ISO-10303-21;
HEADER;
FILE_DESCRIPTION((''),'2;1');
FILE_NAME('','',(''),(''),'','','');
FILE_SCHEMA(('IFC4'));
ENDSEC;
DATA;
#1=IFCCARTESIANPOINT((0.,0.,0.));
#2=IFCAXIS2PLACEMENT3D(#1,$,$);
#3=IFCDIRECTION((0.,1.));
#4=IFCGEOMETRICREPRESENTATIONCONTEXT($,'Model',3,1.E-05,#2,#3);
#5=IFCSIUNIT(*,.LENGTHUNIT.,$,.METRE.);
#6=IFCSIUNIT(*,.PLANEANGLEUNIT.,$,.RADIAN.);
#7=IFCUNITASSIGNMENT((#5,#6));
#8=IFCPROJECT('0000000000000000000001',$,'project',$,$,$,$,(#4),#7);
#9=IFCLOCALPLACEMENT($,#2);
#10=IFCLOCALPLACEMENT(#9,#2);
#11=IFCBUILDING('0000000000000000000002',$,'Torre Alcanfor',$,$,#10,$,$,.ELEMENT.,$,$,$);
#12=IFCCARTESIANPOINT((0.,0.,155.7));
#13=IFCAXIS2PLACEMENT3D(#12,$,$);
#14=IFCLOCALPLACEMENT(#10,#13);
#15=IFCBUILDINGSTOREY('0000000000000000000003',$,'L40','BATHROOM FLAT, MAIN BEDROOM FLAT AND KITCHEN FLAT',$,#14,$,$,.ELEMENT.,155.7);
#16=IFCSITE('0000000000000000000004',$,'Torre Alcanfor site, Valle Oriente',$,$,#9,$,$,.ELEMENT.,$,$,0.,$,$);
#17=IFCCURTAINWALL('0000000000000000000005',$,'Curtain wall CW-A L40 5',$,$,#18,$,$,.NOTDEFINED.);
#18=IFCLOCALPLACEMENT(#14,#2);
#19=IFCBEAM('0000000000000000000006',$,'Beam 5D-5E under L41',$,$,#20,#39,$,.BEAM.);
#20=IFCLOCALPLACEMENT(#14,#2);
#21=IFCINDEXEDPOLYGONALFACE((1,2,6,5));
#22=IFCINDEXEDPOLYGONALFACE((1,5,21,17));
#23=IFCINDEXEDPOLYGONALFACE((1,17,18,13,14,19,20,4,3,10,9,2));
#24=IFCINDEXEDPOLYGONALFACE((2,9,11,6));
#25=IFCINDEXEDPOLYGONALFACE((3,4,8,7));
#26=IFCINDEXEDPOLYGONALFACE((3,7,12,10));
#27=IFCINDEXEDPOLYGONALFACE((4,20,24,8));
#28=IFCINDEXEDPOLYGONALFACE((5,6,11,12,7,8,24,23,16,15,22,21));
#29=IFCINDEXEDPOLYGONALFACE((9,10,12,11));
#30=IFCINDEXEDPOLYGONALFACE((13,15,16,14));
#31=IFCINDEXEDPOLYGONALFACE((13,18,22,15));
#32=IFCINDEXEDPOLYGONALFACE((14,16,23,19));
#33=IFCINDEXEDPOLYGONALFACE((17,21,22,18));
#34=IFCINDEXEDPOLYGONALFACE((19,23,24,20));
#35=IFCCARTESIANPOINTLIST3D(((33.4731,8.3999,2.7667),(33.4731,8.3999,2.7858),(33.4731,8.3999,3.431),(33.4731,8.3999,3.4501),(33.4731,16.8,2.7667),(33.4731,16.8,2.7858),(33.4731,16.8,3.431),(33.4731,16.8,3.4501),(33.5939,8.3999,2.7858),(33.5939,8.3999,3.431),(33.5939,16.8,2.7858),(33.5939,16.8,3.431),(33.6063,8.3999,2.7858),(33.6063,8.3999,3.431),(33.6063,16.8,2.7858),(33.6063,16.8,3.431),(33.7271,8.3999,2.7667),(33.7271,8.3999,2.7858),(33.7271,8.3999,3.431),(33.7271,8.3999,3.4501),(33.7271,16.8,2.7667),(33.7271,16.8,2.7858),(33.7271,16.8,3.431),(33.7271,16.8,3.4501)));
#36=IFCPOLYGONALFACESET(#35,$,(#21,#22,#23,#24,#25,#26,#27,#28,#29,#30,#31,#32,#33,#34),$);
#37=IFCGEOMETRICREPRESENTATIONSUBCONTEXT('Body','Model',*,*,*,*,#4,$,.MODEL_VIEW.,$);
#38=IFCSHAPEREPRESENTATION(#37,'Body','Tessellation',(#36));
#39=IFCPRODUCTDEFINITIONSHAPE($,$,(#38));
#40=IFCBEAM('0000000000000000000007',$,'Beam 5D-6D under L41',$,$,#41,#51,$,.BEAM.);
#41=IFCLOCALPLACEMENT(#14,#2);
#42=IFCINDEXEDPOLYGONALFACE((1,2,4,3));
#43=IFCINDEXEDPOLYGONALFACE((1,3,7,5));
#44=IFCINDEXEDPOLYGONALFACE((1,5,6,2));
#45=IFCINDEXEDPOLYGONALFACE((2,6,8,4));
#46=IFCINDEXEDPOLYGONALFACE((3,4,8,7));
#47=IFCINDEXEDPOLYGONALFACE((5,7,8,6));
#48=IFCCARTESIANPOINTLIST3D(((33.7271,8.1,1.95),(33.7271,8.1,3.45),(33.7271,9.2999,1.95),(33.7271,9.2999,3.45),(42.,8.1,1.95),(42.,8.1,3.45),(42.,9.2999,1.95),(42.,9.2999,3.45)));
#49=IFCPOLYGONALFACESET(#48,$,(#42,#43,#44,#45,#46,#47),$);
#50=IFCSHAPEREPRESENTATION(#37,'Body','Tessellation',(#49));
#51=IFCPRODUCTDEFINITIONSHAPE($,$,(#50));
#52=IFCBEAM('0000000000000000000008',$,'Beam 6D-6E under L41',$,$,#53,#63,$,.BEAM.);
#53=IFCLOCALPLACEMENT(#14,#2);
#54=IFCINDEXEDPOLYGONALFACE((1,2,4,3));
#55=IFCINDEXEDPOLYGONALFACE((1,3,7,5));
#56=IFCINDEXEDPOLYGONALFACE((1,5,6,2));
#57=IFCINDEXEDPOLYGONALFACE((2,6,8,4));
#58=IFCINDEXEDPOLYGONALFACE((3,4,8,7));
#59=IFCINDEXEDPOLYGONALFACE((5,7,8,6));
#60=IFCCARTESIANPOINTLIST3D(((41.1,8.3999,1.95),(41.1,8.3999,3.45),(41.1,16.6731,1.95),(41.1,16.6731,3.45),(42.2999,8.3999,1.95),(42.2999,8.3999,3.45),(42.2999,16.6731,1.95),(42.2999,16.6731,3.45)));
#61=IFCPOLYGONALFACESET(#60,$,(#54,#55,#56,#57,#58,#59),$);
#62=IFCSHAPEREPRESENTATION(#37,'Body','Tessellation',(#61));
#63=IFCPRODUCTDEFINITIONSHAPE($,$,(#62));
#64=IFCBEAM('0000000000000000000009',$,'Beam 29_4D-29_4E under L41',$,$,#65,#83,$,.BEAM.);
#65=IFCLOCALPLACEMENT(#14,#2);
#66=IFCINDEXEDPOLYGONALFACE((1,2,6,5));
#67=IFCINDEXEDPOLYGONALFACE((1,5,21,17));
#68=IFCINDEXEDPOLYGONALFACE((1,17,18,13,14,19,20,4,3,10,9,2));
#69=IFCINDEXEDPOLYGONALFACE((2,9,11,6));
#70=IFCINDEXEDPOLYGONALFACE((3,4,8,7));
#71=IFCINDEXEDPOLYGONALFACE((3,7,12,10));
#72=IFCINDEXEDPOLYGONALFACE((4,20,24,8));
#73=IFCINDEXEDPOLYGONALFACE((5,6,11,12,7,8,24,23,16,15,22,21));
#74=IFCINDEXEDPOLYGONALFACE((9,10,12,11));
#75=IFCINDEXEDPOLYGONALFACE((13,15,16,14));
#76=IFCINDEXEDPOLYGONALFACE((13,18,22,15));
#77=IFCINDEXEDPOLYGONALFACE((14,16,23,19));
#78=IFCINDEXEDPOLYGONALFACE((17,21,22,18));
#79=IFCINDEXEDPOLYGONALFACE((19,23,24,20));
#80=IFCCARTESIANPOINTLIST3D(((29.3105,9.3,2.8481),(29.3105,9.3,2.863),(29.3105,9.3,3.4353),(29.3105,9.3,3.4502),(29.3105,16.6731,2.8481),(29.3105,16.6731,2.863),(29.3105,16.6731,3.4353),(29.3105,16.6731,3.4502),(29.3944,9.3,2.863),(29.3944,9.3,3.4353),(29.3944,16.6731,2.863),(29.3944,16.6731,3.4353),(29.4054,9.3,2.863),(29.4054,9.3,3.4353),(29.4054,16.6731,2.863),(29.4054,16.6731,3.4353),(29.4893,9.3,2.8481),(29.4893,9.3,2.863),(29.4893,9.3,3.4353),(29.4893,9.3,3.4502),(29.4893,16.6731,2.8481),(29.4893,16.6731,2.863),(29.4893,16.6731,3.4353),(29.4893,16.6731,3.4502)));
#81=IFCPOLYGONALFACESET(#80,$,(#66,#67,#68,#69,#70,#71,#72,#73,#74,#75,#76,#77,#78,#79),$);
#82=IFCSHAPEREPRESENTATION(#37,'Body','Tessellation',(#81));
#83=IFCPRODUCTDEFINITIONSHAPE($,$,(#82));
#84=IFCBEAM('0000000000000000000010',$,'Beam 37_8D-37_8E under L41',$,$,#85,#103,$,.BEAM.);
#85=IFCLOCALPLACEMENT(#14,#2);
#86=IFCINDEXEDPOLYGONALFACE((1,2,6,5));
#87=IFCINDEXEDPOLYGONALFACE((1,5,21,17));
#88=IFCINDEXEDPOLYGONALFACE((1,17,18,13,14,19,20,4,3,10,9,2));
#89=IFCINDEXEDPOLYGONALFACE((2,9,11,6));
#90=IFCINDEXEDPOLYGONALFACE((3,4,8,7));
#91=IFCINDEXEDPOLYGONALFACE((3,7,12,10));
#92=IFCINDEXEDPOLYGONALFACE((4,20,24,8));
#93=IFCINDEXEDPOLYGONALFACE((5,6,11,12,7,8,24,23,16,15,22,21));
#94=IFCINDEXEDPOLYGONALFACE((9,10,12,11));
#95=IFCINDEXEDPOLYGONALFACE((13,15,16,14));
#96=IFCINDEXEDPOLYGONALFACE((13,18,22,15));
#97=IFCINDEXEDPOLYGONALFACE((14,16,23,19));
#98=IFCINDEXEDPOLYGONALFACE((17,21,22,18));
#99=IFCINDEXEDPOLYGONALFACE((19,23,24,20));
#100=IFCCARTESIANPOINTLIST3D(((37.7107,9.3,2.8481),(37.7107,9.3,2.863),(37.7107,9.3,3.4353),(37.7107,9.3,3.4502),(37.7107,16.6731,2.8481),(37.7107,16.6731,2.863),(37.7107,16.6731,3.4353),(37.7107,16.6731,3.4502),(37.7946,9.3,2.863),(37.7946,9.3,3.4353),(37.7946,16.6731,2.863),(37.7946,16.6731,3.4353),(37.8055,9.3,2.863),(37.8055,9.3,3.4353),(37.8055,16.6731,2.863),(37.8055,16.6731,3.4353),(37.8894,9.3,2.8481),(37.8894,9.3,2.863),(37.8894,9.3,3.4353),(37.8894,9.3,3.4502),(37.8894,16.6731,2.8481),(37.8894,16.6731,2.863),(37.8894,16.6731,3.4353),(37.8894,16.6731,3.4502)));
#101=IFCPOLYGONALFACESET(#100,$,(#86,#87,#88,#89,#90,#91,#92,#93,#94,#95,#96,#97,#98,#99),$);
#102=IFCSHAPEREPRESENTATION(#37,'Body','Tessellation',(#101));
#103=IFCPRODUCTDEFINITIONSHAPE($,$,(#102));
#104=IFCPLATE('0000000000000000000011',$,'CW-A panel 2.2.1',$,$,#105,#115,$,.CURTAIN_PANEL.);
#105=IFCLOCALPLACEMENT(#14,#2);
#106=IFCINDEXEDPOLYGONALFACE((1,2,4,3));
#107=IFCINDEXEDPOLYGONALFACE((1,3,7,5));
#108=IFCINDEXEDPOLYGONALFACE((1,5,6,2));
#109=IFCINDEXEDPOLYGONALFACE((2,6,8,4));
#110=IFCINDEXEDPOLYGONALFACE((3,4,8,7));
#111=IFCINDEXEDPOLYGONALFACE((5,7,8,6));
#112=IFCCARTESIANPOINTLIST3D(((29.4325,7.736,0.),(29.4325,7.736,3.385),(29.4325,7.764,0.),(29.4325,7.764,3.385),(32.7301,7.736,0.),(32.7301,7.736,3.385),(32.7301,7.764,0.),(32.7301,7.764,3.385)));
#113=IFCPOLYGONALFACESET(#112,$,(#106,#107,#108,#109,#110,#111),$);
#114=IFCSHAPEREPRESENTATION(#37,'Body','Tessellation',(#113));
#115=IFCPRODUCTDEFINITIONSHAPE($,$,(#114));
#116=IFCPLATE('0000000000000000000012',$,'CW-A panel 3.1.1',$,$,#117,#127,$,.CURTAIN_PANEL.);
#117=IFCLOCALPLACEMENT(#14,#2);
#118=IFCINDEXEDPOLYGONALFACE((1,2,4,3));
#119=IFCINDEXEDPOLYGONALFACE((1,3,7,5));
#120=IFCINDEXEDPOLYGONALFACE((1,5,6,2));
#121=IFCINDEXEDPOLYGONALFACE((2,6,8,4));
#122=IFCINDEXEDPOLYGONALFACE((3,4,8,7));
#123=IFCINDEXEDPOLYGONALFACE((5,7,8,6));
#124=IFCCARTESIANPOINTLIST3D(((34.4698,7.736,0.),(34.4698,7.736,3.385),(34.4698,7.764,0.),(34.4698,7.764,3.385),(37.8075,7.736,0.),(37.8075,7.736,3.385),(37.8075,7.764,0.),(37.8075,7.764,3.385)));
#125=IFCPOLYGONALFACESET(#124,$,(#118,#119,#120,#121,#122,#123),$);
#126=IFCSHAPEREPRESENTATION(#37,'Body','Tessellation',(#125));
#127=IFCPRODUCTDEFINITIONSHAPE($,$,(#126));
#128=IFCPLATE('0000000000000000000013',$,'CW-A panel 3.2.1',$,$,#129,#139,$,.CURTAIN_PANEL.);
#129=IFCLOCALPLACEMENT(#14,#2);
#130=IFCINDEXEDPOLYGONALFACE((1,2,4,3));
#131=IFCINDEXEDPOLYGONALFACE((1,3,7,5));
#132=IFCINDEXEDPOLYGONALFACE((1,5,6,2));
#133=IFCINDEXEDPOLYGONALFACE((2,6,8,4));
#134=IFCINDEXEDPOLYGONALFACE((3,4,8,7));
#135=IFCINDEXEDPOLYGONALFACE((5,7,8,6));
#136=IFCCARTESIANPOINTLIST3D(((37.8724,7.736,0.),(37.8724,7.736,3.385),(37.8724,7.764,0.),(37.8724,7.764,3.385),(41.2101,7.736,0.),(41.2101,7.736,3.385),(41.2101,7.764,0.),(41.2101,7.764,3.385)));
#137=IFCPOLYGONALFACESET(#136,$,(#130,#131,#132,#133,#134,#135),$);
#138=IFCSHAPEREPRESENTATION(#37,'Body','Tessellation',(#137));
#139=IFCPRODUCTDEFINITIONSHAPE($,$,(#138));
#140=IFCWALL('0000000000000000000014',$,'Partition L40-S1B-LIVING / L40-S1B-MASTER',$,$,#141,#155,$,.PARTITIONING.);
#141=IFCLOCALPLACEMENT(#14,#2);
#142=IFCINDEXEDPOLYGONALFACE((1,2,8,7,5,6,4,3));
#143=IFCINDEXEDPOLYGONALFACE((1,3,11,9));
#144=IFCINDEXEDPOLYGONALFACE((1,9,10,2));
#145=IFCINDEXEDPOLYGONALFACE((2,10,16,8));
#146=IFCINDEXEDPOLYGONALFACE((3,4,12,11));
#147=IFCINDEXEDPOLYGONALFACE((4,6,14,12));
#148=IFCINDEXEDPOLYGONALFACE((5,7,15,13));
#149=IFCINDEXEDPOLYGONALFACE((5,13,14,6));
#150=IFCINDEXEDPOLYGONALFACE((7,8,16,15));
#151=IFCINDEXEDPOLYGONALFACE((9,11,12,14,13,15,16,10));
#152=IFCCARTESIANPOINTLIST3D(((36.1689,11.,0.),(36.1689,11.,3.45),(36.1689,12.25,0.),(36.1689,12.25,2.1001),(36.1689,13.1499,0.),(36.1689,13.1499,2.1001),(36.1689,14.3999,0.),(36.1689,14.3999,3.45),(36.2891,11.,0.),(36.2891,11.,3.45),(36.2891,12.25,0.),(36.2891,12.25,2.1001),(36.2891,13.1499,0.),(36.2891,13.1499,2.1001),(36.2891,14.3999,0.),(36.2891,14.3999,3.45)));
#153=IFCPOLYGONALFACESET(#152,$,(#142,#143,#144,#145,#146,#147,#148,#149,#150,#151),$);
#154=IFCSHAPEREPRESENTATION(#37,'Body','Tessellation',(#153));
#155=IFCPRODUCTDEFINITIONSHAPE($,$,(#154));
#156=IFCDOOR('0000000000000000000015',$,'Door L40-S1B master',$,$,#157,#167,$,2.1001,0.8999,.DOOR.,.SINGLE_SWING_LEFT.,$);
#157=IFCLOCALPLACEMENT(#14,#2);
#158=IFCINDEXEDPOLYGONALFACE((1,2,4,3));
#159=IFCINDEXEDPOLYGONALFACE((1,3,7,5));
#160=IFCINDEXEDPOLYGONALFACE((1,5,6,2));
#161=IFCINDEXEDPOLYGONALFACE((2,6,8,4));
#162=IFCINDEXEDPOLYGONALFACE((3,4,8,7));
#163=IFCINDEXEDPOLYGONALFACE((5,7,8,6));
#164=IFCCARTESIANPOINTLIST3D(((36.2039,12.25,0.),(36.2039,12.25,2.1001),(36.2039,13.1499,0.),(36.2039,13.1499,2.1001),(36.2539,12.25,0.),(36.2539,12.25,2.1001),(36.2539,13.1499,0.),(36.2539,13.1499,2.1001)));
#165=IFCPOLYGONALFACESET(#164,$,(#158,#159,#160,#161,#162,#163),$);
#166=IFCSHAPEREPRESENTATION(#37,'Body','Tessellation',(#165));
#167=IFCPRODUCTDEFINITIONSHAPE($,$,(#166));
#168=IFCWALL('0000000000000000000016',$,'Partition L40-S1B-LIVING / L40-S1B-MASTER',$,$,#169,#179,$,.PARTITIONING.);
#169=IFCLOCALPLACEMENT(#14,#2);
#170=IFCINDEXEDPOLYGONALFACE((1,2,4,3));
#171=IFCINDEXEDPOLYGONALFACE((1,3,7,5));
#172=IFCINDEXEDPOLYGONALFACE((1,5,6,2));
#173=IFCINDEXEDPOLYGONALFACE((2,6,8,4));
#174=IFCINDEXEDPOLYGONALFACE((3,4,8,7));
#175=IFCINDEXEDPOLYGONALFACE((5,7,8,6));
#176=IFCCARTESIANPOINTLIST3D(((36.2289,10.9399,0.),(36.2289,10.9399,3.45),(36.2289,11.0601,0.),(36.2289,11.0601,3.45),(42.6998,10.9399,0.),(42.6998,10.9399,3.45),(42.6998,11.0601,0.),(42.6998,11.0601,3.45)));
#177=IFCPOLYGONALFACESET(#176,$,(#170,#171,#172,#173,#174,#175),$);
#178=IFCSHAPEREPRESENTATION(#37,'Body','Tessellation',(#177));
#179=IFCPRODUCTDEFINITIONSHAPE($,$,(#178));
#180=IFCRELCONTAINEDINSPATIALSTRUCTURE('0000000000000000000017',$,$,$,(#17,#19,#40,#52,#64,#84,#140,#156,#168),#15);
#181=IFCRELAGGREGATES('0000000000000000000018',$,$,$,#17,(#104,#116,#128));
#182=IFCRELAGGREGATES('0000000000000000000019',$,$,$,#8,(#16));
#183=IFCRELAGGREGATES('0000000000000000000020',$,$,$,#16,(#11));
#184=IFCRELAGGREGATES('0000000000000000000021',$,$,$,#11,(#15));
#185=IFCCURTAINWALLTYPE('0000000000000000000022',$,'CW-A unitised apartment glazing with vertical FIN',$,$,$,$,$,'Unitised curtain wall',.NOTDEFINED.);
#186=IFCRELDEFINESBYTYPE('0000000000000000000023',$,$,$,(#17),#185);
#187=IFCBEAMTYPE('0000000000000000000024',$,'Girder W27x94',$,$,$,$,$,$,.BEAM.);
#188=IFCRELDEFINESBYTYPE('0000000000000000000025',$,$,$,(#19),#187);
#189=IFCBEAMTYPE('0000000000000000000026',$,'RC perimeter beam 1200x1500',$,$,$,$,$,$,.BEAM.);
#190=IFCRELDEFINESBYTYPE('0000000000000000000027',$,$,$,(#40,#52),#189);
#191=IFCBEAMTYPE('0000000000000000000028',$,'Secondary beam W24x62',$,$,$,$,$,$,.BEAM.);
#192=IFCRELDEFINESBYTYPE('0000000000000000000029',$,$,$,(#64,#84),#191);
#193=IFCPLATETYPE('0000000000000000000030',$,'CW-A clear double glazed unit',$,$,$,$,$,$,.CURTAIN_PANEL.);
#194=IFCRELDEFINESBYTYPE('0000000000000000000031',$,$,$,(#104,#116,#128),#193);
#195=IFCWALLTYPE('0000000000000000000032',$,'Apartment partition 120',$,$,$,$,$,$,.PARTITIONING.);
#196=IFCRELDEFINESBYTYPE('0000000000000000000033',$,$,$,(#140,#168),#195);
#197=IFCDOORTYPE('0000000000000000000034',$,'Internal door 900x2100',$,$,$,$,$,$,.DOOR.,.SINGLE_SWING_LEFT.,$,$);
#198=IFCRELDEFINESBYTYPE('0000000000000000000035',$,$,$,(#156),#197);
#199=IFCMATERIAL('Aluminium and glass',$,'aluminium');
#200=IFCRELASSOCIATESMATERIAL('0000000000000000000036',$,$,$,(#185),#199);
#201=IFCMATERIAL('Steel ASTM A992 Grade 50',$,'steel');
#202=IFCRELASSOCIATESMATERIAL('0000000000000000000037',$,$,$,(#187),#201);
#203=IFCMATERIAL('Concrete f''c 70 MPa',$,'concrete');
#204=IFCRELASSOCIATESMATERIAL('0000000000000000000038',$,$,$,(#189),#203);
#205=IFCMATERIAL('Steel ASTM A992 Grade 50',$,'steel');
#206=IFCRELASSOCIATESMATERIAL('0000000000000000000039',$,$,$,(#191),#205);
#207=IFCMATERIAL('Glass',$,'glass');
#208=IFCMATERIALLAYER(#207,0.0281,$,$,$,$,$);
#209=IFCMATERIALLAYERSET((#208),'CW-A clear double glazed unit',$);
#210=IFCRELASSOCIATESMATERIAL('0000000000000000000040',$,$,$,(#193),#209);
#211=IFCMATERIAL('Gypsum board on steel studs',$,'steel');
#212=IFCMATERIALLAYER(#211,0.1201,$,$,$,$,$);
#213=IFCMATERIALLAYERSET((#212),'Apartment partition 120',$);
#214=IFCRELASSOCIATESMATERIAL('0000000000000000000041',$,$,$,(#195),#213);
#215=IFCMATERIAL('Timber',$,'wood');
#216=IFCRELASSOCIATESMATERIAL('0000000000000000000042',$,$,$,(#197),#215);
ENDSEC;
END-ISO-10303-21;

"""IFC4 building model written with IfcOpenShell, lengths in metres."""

from ifc_helpers import new_model, si_unit, direction, frame, frame_2d, origin, origin_2d, place, context, subcontext, project, spatial, rectangle, i_section, extrude, material, layer, layer_set, material_profile, profile_set, type_object, element, fill, aggregate, save


model = new_model("IFC4")

# Units and contexts
model_context = context("Model", 3, precision=1e-05, world=origin(), true_north=direction((0.0, 1.0)))
body_context = subcontext(model_context, "Body", "Model", "MODEL_VIEW")
ifc_project = project(units=[si_unit("LENGTHUNIT", "METRE"), si_unit("PLANEANGLEUNIT", "RADIAN")], contexts=[model_context])

# Site, building, storey
site_placement = place(None, origin())
site = spatial("IfcSite", under=ifc_project, at=site_placement, Name="Torre Alcanfor site, Valle Oriente", CompositionType="ELEMENT", RefElevation=0.0)
building_placement = place(site_placement, origin())
building = spatial("IfcBuilding", under=site, at=building_placement, Name="Torre Alcanfor", CompositionType="ELEMENT")
storey_placement = place(building_placement, frame((0.0, 0.0, 155.7)))
storey = spatial("IfcBuildingStorey", under=building, at=storey_placement, Name="L40", Description="BATHROOM FLAT, MAIN BEDROOM FLAT AND KITCHEN FLAT", CompositionType="ELEMENT", Elevation=155.7)

# Curtain wall
ifc_material_1 = material(Name="Aluminium and glass", Category="aluminium")
curtain_wall_type = type_object("IfcCurtainWallType", Name="CW-A unitised apartment glazing with vertical FIN", ElementType="Unitised curtain wall", PredefinedType="NOTDEFINED", material=ifc_material_1)
curtain_wall_placement = place(storey_placement, origin())
curtain_wall = element("IfcCurtainWall", 1, at=curtain_wall_placement, inside=storey, type_object=curtain_wall_type, Name="Curtain wall CW-A L40 5", PredefinedType="NOTDEFINED")

# Beams
ifc_material_2 = material(Name="Steel ASTM A992 Grade 50", Category="steel")
ifc_material_profile_1 = material_profile(ifc_material_2, i_section(OverallWidth=0.2539, OverallDepth=0.6833, WebThickness=0.0125, FlangeThickness=0.019, at=origin_2d()), Name="W27x94")
ifc_profile_set_1 = profile_set([ifc_material_profile_1], Name="Steel ASTM A992 Grade 50")
beam_type_1 = type_object("IfcBeamType", Name="Girder W27x94", PredefinedType="BEAM", material=ifc_profile_set_1)
beam_1_placement = place(storey_placement, frame((33.6001, 8.3999, 3.1084), z_axis=(0.0, 1.0, 0.0), x_axis=(-1.0, 0.0, 0.0)))
element("IfcBeam", 2, at=beam_1_placement, inside=storey, type_object=beam_type_1, Name="Beam 5D-5E under L41", PredefinedType="BEAM", context=body_context, shape_type="SweptSolid", body=[
    extrude(i_section(OverallWidth=0.2539, OverallDepth=0.6833, WebThickness=0.0125, FlangeThickness=0.019, at=origin_2d()), origin(), (0.0, 0.0, 1.0), 8.4001),
])
ifc_material_3 = material(Name="Concrete f'c 70 MPa", Category="concrete")
ifc_material_profile_2 = material_profile(ifc_material_3, rectangle(XDim=1.2, YDim=1.5, at=origin_2d()), Name="1200x1500")
ifc_profile_set_2 = profile_set([ifc_material_profile_2], Name="Concrete f'c 70 MPa")
beam_type_2 = type_object("IfcBeamType", Name="RC perimeter beam 1200x1500", PredefinedType="BEAM", material=ifc_profile_set_2)
beam_2_placement = place(storey_placement, frame((33.7271, 8.7, 2.7), z_axis=(1.0, 0.0, 0.0), x_axis=(0.0, 1.0, 0.0)))
element("IfcBeam", 3, at=beam_2_placement, inside=storey, type_object=beam_type_2, Name="Beam 5D-6D under L41", PredefinedType="BEAM", context=body_context, shape_type="SweptSolid", body=[
    extrude(rectangle(XDim=1.2, YDim=1.5, at=origin_2d()), origin(), (0.0, 0.0, 1.0), 8.2729),
])
beam_3_placement = place(storey_placement, frame((41.7, 8.3999, 2.7), z_axis=(0.0, 1.0, 0.0), x_axis=(-1.0, 0.0, 0.0)))
element("IfcBeam", 4, at=beam_3_placement, inside=storey, type_object=beam_type_2, Name="Beam 6D-6E under L41", PredefinedType="BEAM", context=body_context, shape_type="SweptSolid", body=[
    extrude(rectangle(XDim=1.2, YDim=1.5, at=origin_2d()), origin(), (0.0, 0.0, 1.0), 8.2732),
])
ifc_material_4 = material(Name="Steel ASTM A992 Grade 50", Category="steel")
ifc_material_profile_3 = material_profile(ifc_material_4, i_section(OverallWidth=0.1787, OverallDepth=0.6021, WebThickness=0.011, FlangeThickness=0.0149, at=origin_2d()), Name="W24x62")
ifc_profile_set_3 = profile_set([ifc_material_profile_3], Name="Steel ASTM A992 Grade 50")
beam_type_3 = type_object("IfcBeamType", Name="Secondary beam W24x62", PredefinedType="BEAM", material=ifc_profile_set_3)
for number, where, z_axis, x_axis, name in (
    (5, (29.3999, 9.3, 3.1492), (0.0, 1.0, 0.0), (-1.0, 0.0, 0.0), "Beam 29_4D-29_4E under L41"),
    (6, (37.8, 9.3, 3.1492), (0.0, 1.0, 0.0), (-1.0, 0.0, 0.0), "Beam 37_8D-37_8E under L41"),
):
    element("IfcBeam", number, at=place(storey_placement, frame(where, z_axis=z_axis, x_axis=x_axis)), inside=storey, type_object=beam_type_3, Name=name, PredefinedType="BEAM", context=body_context, shape_type="SweptSolid", body=[
        extrude(i_section(OverallWidth=0.1787, OverallDepth=0.6021, WebThickness=0.011, FlangeThickness=0.0149, at=origin_2d()), origin(), (0.0, 0.0, 1.0), 7.373),
    ])

# Plates
ifc_material_5 = material(Name="Glass", Category="glass")
ifc_layer_1 = layer(ifc_material_5, 0.0281)
ifc_layer_set_1 = layer_set([ifc_layer_1], Name="CW-A clear double glazed unit")
plate_type = type_object("IfcPlateType", Name="CW-A clear double glazed unit", PredefinedType="CURTAIN_PANEL", material=ifc_layer_set_1)
plate_1_placement = place(storey_placement, frame((31.0813, 7.75, 0.0), z_axis=(0.0, 0.0, 1.0), x_axis=(1.0, 0.0, 0.0)))
plate_1 = element("IfcPlate", 7, at=plate_1_placement, type_object=plate_type, Name="CW-A panel 2.2.1", PredefinedType="CURTAIN_PANEL", context=body_context, shape_type="SweptSolid", body=[
    extrude(rectangle(XDim=3.2976, YDim=0.0281, at=origin_2d()), origin(), (0.0, 0.0, 1.0), 3.385),
])
plate_2_placement = place(storey_placement, frame((36.1387, 7.75, 0.0), z_axis=(0.0, 0.0, 1.0), x_axis=(1.0, 0.0, 0.0)))
plate_2 = element("IfcPlate", 8, at=plate_2_placement, type_object=plate_type, Name="CW-A panel 3.1.1", PredefinedType="CURTAIN_PANEL", context=body_context, shape_type="SweptSolid", body=[
    extrude(rectangle(XDim=3.3376, YDim=0.0281, at=origin_2d()), origin(), (0.0, 0.0, 1.0), 3.385),
])
plate_3_placement = place(storey_placement, frame((39.5413, 7.75, 0.0), z_axis=(0.0, 0.0, 1.0), x_axis=(1.0, 0.0, 0.0)))
plate_3 = element("IfcPlate", 9, at=plate_3_placement, type_object=plate_type, Name="CW-A panel 3.2.1", PredefinedType="CURTAIN_PANEL", context=body_context, shape_type="SweptSolid", body=[
    extrude(rectangle(XDim=3.3376, YDim=0.0281, at=origin_2d()), origin(), (0.0, 0.0, 1.0), 3.385),
])
aggregate(curtain_wall, [plate_1, plate_2, plate_3])

# Wall, opening, door
ifc_material_6 = material(Name="Gypsum board on steel studs", Category="steel")
ifc_layer_2 = layer(ifc_material_6, 0.1201)
ifc_layer_set_2 = layer_set([ifc_layer_2], Name="Apartment partition 120")
wall_type_1 = type_object("IfcWallType", Name="Apartment partition 120", PredefinedType="PARTITIONING", material=ifc_layer_set_2)
wall_1_placement = place(storey_placement, frame((36.229, 14.3999, 0.0), z_axis=(0.0, 0.0, 1.0), x_axis=(0.0, -1.0, 0.0)))
wall_1 = element("IfcWall", 10, at=wall_1_placement, inside=storey, type_object=wall_type_1, Name="Partition L40-S1B-LIVING / L40-S1B-MASTER", PredefinedType="PARTITIONING", context=body_context, shape_type="SweptSolid", body=[
    extrude(rectangle(XDim=3.3999, YDim=0.1201, at=frame_2d((1.7, 0.0))), origin(), (0.0, 0.0, 1.0), 3.45),
])
opening_placement = place(wall_1_placement, frame((1.25, 0.0, 0.0)))
opening = element("IfcOpeningElement", 11, at=opening_placement, cuts=wall_1, PredefinedType="OPENING", context=body_context, shape_type="SweptSolid", body=[
    extrude(rectangle(XDim=0.8999, YDim=2.1001, at=frame_2d((0.45, 1.05))), frame((0.0, 0.0701, 0.0), z_axis=(0.0, -1.0, 0.0), x_axis=(1.0, 0.0, 0.0)), (0.0, 0.0, 1.0), 0.1401),
])
ifc_material_7 = material(Name="Timber", Category="wood")
door_type = type_object("IfcDoorType", Name="Internal door 900x2100", OperationType="SINGLE_SWING_LEFT", PredefinedType="DOOR", material=ifc_material_7)
door_placement = place(opening_placement, origin())
door = element("IfcDoor", 12, at=door_placement, inside=storey, type_object=door_type, Name="Door L40-S1B master", OperationType="SINGLE_SWING_LEFT", OverallHeight=2.1001, OverallWidth=0.8999, PredefinedType="DOOR", context=body_context, shape_type="SweptSolid", body=[
    extrude(rectangle(XDim=0.8999, YDim=2.1001, at=frame_2d((0.45, 1.05))), frame((0.0, 0.0249, 0.0), z_axis=(0.0, -1.0, 0.0), x_axis=(1.0, 0.0, 0.0)), (0.0, 0.0, 1.0), 0.05),
])
fill(opening, door)

# Wall
wall_2_placement = place(storey_placement, frame((36.229, 11.0, 0.0), z_axis=(0.0, 0.0, 1.0), x_axis=(1.0, 0.0, 0.0)))
element("IfcWall", 13, at=wall_2_placement, inside=storey, type_object=wall_type_1, Name="Partition L40-S1B-LIVING / L40-S1B-MASTER", PredefinedType="PARTITIONING", context=body_context, shape_type="SweptSolid", body=[
    extrude(rectangle(XDim=6.4709, YDim=0.1201, at=frame_2d((3.2354, 0.0))), origin(), (0.0, 0.0, 1.0), 3.45),
])

save(model, "model.ifc")
